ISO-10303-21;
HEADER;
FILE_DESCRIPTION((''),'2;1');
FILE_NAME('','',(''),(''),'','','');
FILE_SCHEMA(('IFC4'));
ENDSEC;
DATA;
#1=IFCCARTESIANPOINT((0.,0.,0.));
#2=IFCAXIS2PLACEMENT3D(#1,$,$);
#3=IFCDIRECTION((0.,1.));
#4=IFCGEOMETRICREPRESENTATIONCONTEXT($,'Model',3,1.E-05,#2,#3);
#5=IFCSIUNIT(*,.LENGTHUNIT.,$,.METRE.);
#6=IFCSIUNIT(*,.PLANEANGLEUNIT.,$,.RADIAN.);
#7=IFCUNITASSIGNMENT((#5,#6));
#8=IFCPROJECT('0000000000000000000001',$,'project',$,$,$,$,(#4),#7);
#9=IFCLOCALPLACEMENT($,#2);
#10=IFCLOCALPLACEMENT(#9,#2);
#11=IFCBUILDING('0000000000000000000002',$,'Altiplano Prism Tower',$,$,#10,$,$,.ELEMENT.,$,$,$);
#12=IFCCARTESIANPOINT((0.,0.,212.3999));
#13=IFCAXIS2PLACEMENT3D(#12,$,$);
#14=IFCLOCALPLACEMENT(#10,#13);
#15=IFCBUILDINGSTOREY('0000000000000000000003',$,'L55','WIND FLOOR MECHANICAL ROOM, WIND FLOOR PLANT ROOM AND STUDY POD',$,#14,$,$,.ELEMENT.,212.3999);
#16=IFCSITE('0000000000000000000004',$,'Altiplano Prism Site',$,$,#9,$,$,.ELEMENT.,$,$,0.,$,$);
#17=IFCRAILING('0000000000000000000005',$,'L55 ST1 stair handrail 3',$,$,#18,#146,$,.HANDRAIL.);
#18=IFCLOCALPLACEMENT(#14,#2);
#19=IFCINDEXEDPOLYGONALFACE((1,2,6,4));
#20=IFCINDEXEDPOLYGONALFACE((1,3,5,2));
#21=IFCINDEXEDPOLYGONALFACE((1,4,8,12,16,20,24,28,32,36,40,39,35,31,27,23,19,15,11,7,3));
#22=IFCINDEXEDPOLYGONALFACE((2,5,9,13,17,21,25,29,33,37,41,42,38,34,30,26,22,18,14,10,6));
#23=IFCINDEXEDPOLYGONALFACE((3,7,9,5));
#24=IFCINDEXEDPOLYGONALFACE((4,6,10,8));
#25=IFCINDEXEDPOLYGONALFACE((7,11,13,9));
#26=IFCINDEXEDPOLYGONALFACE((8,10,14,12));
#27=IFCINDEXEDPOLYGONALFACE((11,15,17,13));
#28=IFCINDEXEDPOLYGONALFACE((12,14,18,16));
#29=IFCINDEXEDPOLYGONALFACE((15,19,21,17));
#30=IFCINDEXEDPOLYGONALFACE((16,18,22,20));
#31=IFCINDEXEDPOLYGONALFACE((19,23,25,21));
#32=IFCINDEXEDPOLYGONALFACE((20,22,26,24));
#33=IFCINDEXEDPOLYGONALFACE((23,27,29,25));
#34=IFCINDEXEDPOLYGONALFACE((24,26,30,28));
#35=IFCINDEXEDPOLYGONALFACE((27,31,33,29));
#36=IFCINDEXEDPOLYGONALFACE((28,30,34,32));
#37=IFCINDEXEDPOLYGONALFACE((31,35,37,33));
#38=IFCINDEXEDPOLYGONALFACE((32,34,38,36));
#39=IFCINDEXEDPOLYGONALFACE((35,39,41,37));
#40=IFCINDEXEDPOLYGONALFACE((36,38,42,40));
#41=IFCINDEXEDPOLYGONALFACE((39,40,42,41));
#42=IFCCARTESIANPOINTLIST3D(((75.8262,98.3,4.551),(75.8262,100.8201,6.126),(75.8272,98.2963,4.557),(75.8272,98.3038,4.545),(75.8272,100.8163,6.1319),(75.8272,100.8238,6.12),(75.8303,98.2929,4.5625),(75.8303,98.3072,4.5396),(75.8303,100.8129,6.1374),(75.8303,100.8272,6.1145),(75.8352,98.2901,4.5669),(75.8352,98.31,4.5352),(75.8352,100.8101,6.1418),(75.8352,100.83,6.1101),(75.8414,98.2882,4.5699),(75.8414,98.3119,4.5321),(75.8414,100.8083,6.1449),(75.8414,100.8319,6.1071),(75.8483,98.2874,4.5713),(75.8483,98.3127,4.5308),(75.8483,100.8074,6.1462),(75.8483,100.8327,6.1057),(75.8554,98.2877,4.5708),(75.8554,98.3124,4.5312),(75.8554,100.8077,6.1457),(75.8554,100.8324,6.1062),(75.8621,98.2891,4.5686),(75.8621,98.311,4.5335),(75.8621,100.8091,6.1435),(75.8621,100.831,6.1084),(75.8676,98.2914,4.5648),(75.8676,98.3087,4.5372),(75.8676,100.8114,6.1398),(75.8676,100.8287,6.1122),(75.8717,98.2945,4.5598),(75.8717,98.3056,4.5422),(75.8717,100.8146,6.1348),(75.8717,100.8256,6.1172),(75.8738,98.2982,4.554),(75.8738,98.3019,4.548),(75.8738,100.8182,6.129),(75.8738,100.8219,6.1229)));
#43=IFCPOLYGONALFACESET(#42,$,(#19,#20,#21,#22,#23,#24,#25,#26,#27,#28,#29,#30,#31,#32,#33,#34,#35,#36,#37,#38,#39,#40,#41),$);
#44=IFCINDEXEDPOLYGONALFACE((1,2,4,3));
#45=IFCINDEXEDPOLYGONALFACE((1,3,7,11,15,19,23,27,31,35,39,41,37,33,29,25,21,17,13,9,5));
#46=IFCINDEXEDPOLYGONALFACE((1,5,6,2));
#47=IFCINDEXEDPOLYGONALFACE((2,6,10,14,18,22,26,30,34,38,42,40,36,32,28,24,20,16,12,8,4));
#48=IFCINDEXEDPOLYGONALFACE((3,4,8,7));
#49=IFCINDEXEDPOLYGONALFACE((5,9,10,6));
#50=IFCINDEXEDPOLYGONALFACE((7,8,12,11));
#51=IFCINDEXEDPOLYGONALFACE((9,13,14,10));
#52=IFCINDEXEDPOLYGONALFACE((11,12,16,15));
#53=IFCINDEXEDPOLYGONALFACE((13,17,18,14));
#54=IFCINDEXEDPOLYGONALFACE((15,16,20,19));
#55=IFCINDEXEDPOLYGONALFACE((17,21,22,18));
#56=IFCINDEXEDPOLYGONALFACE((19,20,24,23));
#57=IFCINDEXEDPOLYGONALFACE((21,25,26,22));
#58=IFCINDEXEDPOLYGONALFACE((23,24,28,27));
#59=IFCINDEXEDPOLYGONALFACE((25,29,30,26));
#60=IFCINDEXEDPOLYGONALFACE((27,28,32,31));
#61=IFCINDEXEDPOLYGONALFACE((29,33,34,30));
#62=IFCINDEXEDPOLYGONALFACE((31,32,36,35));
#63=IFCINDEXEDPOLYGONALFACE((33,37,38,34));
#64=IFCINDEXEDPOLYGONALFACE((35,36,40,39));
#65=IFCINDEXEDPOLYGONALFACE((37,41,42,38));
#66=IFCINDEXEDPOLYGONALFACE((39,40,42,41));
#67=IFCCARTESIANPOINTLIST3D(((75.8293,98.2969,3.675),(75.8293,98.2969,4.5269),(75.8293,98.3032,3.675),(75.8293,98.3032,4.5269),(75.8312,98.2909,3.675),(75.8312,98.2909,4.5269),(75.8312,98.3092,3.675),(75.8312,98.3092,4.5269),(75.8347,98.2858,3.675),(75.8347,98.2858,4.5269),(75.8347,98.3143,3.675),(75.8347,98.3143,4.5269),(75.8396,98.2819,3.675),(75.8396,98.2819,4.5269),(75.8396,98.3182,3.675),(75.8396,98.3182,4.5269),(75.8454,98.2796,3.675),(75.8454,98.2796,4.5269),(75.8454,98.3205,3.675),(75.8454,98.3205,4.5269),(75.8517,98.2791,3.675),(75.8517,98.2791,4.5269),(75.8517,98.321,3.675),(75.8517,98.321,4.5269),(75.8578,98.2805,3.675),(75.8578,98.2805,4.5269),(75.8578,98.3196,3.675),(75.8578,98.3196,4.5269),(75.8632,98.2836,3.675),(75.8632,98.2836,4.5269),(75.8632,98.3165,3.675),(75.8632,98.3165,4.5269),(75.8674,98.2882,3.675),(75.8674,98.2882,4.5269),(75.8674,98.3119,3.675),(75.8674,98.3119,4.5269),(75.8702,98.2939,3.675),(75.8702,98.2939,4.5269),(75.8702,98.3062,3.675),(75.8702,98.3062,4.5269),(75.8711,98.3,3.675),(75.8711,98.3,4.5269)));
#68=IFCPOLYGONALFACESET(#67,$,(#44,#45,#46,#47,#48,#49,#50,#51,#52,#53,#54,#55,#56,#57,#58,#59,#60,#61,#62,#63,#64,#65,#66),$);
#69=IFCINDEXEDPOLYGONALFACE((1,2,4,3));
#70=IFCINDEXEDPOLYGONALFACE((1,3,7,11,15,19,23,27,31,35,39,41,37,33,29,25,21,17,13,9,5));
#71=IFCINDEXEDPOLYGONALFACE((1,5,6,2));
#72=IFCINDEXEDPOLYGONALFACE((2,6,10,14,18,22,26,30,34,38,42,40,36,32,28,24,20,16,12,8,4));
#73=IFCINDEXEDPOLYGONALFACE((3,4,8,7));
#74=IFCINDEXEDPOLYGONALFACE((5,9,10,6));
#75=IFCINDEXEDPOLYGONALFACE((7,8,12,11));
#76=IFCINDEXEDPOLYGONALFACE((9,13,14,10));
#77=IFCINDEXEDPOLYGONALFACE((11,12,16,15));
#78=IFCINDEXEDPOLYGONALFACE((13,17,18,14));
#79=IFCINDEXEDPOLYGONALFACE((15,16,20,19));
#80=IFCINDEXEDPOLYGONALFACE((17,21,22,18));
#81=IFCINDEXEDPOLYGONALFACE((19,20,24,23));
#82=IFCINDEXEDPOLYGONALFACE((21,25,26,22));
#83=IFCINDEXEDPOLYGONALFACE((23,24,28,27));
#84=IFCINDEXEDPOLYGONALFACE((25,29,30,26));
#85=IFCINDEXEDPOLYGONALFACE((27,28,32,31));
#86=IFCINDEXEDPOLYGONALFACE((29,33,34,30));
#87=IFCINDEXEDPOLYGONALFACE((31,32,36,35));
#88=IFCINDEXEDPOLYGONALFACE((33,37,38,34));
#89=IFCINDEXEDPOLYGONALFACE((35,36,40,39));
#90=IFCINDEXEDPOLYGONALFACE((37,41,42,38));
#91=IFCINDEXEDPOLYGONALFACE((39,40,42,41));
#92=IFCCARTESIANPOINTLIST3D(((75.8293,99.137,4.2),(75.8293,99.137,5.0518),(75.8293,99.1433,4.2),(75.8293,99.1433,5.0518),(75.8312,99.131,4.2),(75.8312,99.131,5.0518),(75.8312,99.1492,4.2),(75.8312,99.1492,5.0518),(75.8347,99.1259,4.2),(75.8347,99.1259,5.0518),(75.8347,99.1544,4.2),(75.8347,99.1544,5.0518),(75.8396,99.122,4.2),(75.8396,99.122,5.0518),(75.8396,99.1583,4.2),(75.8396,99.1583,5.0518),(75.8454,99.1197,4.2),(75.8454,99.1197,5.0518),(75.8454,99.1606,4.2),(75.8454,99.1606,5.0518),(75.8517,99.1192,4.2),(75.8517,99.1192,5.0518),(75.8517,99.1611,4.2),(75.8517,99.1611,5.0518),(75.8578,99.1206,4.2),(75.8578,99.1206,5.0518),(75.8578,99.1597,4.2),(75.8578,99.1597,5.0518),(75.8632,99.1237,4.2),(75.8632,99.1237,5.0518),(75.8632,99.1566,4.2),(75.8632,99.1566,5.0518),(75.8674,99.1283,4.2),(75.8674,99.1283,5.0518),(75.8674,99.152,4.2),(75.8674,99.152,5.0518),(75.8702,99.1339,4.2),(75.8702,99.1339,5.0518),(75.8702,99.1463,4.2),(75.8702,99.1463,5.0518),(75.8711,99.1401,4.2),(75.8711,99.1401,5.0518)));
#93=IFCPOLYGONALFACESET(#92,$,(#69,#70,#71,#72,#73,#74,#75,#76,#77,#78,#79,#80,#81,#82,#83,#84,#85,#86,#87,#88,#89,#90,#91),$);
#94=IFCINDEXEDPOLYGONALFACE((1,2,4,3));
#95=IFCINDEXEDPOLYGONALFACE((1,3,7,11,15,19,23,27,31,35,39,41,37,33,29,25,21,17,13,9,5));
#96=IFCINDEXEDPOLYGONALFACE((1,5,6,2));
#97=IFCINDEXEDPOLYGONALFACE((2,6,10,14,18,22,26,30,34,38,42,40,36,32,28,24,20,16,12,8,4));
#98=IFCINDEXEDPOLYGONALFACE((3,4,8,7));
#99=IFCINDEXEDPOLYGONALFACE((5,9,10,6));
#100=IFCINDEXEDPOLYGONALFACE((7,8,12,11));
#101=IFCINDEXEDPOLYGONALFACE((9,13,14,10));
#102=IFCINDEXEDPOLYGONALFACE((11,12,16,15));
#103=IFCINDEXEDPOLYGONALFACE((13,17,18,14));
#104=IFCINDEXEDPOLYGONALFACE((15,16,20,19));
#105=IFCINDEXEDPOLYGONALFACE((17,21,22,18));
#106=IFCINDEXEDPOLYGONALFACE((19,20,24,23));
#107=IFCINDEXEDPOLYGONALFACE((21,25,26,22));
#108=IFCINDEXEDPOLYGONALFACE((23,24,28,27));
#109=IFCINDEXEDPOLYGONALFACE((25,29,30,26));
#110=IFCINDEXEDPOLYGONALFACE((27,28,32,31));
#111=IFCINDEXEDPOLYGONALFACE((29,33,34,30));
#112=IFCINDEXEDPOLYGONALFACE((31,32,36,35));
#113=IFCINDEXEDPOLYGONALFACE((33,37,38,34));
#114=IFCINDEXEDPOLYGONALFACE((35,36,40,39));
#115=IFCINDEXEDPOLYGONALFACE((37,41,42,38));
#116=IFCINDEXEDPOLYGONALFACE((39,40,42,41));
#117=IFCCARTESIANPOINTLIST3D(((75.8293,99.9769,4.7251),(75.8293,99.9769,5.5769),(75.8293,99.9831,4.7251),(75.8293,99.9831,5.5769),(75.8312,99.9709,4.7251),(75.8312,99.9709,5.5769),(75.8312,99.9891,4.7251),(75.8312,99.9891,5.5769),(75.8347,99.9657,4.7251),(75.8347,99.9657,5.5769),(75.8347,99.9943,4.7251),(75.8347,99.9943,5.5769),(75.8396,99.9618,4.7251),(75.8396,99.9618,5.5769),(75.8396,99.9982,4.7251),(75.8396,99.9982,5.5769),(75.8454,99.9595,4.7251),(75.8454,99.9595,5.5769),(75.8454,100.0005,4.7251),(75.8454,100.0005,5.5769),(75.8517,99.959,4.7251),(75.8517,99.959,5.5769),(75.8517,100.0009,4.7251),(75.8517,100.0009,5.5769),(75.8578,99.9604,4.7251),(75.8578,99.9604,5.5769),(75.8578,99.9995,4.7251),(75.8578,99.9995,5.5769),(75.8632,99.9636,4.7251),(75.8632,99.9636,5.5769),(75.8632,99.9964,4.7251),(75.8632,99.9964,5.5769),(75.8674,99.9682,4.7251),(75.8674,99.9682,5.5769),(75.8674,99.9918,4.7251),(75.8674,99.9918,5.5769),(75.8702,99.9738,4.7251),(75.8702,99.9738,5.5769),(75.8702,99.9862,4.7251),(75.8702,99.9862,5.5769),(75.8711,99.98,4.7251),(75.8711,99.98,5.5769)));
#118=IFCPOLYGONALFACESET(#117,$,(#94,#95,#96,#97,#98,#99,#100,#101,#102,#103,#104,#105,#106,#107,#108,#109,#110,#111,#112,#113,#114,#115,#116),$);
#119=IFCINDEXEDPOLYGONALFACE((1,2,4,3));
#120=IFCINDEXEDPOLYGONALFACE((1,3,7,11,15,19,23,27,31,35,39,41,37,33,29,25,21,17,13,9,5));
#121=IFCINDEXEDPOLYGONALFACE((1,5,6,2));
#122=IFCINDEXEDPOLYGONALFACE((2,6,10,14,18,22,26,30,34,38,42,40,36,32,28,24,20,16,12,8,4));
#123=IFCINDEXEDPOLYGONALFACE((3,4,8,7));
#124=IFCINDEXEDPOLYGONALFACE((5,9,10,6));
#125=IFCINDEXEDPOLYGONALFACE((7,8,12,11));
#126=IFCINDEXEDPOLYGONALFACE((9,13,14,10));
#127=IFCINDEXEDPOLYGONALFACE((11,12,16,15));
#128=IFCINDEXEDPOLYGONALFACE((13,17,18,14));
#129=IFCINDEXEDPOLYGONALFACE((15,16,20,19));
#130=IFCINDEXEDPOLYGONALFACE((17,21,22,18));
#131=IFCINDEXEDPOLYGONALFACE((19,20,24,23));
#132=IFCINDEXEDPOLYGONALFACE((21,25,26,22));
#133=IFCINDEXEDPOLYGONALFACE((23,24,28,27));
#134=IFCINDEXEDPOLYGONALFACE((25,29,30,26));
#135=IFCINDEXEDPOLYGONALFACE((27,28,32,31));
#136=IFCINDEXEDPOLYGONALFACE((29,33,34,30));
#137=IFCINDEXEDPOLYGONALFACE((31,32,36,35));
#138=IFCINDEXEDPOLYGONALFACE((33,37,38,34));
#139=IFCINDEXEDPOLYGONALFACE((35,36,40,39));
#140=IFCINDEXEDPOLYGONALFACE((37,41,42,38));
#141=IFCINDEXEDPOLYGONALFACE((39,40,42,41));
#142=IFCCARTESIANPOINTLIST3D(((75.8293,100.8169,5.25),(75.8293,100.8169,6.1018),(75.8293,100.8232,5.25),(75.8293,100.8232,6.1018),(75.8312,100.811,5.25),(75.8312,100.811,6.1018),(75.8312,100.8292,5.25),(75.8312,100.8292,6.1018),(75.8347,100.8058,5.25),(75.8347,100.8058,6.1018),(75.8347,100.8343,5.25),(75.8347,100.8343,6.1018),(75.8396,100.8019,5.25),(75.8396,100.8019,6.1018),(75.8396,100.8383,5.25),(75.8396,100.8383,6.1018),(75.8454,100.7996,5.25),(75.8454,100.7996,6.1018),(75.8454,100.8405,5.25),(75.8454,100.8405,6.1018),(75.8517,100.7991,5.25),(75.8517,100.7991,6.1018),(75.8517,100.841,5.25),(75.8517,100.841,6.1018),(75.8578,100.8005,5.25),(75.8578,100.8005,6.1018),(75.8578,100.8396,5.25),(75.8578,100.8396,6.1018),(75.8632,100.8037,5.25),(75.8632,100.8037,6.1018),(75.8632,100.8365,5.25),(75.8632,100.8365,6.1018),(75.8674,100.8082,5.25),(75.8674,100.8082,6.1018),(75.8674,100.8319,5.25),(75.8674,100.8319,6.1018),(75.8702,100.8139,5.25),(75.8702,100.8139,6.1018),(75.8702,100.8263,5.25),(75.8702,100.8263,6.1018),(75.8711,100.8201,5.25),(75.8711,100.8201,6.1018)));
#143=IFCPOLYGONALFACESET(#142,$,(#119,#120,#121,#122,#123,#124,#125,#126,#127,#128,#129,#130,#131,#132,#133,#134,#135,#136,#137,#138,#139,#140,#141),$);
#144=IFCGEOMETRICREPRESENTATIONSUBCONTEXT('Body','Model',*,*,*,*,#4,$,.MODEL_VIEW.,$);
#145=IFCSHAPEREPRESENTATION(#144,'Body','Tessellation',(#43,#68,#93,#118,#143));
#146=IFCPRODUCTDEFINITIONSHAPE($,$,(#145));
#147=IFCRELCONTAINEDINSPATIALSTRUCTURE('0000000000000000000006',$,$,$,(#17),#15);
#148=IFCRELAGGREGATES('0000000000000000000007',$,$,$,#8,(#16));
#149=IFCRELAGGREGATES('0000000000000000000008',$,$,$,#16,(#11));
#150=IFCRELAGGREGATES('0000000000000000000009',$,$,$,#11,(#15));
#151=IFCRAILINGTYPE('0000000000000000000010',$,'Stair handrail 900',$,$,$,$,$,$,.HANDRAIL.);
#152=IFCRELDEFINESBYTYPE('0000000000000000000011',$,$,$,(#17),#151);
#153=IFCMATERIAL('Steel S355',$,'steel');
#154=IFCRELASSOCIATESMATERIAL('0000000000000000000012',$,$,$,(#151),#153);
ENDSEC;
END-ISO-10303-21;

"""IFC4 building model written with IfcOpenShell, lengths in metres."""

from ifc_helpers import new_model, si_unit, direction, frame, origin, origin_2d, place, context, subcontext, project, spatial, circle, extrude, material, type_object, element, save


model = new_model("IFC4")

# Units and contexts
model_context = context("Model", 3, precision=1e-05, world=origin(), true_north=direction((0.0, 1.0)))
body_context = subcontext(model_context, "Body", "Model", "MODEL_VIEW")
ifc_project = project(units=[si_unit("LENGTHUNIT", "METRE"), si_unit("PLANEANGLEUNIT", "RADIAN")], contexts=[model_context])

# Site, building, storey
site_placement = place(None, origin())
site = spatial("IfcSite", under=ifc_project, at=site_placement, Name="Altiplano Prism Site", CompositionType="ELEMENT", RefElevation=0.0)
building_placement = place(site_placement, origin())
building = spatial("IfcBuilding", under=site, at=building_placement, Name="Altiplano Prism Tower", CompositionType="ELEMENT")
storey_placement = place(building_placement, frame((0.0, 0.0, 212.3999)))
storey = spatial("IfcBuildingStorey", under=building, at=storey_placement, Name="L55", Description="WIND FLOOR MECHANICAL ROOM, WIND FLOOR PLANT ROOM AND STUDY POD", CompositionType="ELEMENT", Elevation=212.3999)

# Railing
ifc_material_1 = material(Name="Steel S355", Category="steel")
railing_type = type_object("IfcRailingType", Name="Stair handrail 900", PredefinedType="HANDRAIL", material=ifc_material_1)
for number, where, name in (
    (1, (75.8501, 98.3, 3.675), "L55 ST1 stair handrail 3"),
):
    element("IfcRailing", number, at=place(storey_placement, frame(where)), inside=storey, type_object=railing_type, Name=name, PredefinedType="HANDRAIL", context=body_context, shape_type="SweptSolid", body=[
        extrude(circle(Radius=0.0239, at=origin_2d()), frame((0.0, 0.0, 0.876), z_axis=(0.0, 0.848008, 0.529984), x_axis=(-1.0, 0.0, 0.0)), (0.0, 0.0, 1.0), 2.9717),
        extrude(circle(Radius=0.021, at=origin_2d()), origin(), (0.0, 0.0, 1.0), 0.8518),
        extrude(circle(Radius=0.021, at=origin_2d()), frame((0.0, 0.8401, 0.5249)), (0.0, 0.0, 1.0), 0.8518),
        extrude(circle(Radius=0.021, at=origin_2d()), frame((0.0, 1.6799, 1.05)), (0.0, 0.0, 1.0), 0.8518),
        extrude(circle(Radius=0.021, at=origin_2d()), frame((0.0, 2.52, 1.575)), (0.0, 0.0, 1.0), 0.8518),
    ])

save(model, "model.ifc")
